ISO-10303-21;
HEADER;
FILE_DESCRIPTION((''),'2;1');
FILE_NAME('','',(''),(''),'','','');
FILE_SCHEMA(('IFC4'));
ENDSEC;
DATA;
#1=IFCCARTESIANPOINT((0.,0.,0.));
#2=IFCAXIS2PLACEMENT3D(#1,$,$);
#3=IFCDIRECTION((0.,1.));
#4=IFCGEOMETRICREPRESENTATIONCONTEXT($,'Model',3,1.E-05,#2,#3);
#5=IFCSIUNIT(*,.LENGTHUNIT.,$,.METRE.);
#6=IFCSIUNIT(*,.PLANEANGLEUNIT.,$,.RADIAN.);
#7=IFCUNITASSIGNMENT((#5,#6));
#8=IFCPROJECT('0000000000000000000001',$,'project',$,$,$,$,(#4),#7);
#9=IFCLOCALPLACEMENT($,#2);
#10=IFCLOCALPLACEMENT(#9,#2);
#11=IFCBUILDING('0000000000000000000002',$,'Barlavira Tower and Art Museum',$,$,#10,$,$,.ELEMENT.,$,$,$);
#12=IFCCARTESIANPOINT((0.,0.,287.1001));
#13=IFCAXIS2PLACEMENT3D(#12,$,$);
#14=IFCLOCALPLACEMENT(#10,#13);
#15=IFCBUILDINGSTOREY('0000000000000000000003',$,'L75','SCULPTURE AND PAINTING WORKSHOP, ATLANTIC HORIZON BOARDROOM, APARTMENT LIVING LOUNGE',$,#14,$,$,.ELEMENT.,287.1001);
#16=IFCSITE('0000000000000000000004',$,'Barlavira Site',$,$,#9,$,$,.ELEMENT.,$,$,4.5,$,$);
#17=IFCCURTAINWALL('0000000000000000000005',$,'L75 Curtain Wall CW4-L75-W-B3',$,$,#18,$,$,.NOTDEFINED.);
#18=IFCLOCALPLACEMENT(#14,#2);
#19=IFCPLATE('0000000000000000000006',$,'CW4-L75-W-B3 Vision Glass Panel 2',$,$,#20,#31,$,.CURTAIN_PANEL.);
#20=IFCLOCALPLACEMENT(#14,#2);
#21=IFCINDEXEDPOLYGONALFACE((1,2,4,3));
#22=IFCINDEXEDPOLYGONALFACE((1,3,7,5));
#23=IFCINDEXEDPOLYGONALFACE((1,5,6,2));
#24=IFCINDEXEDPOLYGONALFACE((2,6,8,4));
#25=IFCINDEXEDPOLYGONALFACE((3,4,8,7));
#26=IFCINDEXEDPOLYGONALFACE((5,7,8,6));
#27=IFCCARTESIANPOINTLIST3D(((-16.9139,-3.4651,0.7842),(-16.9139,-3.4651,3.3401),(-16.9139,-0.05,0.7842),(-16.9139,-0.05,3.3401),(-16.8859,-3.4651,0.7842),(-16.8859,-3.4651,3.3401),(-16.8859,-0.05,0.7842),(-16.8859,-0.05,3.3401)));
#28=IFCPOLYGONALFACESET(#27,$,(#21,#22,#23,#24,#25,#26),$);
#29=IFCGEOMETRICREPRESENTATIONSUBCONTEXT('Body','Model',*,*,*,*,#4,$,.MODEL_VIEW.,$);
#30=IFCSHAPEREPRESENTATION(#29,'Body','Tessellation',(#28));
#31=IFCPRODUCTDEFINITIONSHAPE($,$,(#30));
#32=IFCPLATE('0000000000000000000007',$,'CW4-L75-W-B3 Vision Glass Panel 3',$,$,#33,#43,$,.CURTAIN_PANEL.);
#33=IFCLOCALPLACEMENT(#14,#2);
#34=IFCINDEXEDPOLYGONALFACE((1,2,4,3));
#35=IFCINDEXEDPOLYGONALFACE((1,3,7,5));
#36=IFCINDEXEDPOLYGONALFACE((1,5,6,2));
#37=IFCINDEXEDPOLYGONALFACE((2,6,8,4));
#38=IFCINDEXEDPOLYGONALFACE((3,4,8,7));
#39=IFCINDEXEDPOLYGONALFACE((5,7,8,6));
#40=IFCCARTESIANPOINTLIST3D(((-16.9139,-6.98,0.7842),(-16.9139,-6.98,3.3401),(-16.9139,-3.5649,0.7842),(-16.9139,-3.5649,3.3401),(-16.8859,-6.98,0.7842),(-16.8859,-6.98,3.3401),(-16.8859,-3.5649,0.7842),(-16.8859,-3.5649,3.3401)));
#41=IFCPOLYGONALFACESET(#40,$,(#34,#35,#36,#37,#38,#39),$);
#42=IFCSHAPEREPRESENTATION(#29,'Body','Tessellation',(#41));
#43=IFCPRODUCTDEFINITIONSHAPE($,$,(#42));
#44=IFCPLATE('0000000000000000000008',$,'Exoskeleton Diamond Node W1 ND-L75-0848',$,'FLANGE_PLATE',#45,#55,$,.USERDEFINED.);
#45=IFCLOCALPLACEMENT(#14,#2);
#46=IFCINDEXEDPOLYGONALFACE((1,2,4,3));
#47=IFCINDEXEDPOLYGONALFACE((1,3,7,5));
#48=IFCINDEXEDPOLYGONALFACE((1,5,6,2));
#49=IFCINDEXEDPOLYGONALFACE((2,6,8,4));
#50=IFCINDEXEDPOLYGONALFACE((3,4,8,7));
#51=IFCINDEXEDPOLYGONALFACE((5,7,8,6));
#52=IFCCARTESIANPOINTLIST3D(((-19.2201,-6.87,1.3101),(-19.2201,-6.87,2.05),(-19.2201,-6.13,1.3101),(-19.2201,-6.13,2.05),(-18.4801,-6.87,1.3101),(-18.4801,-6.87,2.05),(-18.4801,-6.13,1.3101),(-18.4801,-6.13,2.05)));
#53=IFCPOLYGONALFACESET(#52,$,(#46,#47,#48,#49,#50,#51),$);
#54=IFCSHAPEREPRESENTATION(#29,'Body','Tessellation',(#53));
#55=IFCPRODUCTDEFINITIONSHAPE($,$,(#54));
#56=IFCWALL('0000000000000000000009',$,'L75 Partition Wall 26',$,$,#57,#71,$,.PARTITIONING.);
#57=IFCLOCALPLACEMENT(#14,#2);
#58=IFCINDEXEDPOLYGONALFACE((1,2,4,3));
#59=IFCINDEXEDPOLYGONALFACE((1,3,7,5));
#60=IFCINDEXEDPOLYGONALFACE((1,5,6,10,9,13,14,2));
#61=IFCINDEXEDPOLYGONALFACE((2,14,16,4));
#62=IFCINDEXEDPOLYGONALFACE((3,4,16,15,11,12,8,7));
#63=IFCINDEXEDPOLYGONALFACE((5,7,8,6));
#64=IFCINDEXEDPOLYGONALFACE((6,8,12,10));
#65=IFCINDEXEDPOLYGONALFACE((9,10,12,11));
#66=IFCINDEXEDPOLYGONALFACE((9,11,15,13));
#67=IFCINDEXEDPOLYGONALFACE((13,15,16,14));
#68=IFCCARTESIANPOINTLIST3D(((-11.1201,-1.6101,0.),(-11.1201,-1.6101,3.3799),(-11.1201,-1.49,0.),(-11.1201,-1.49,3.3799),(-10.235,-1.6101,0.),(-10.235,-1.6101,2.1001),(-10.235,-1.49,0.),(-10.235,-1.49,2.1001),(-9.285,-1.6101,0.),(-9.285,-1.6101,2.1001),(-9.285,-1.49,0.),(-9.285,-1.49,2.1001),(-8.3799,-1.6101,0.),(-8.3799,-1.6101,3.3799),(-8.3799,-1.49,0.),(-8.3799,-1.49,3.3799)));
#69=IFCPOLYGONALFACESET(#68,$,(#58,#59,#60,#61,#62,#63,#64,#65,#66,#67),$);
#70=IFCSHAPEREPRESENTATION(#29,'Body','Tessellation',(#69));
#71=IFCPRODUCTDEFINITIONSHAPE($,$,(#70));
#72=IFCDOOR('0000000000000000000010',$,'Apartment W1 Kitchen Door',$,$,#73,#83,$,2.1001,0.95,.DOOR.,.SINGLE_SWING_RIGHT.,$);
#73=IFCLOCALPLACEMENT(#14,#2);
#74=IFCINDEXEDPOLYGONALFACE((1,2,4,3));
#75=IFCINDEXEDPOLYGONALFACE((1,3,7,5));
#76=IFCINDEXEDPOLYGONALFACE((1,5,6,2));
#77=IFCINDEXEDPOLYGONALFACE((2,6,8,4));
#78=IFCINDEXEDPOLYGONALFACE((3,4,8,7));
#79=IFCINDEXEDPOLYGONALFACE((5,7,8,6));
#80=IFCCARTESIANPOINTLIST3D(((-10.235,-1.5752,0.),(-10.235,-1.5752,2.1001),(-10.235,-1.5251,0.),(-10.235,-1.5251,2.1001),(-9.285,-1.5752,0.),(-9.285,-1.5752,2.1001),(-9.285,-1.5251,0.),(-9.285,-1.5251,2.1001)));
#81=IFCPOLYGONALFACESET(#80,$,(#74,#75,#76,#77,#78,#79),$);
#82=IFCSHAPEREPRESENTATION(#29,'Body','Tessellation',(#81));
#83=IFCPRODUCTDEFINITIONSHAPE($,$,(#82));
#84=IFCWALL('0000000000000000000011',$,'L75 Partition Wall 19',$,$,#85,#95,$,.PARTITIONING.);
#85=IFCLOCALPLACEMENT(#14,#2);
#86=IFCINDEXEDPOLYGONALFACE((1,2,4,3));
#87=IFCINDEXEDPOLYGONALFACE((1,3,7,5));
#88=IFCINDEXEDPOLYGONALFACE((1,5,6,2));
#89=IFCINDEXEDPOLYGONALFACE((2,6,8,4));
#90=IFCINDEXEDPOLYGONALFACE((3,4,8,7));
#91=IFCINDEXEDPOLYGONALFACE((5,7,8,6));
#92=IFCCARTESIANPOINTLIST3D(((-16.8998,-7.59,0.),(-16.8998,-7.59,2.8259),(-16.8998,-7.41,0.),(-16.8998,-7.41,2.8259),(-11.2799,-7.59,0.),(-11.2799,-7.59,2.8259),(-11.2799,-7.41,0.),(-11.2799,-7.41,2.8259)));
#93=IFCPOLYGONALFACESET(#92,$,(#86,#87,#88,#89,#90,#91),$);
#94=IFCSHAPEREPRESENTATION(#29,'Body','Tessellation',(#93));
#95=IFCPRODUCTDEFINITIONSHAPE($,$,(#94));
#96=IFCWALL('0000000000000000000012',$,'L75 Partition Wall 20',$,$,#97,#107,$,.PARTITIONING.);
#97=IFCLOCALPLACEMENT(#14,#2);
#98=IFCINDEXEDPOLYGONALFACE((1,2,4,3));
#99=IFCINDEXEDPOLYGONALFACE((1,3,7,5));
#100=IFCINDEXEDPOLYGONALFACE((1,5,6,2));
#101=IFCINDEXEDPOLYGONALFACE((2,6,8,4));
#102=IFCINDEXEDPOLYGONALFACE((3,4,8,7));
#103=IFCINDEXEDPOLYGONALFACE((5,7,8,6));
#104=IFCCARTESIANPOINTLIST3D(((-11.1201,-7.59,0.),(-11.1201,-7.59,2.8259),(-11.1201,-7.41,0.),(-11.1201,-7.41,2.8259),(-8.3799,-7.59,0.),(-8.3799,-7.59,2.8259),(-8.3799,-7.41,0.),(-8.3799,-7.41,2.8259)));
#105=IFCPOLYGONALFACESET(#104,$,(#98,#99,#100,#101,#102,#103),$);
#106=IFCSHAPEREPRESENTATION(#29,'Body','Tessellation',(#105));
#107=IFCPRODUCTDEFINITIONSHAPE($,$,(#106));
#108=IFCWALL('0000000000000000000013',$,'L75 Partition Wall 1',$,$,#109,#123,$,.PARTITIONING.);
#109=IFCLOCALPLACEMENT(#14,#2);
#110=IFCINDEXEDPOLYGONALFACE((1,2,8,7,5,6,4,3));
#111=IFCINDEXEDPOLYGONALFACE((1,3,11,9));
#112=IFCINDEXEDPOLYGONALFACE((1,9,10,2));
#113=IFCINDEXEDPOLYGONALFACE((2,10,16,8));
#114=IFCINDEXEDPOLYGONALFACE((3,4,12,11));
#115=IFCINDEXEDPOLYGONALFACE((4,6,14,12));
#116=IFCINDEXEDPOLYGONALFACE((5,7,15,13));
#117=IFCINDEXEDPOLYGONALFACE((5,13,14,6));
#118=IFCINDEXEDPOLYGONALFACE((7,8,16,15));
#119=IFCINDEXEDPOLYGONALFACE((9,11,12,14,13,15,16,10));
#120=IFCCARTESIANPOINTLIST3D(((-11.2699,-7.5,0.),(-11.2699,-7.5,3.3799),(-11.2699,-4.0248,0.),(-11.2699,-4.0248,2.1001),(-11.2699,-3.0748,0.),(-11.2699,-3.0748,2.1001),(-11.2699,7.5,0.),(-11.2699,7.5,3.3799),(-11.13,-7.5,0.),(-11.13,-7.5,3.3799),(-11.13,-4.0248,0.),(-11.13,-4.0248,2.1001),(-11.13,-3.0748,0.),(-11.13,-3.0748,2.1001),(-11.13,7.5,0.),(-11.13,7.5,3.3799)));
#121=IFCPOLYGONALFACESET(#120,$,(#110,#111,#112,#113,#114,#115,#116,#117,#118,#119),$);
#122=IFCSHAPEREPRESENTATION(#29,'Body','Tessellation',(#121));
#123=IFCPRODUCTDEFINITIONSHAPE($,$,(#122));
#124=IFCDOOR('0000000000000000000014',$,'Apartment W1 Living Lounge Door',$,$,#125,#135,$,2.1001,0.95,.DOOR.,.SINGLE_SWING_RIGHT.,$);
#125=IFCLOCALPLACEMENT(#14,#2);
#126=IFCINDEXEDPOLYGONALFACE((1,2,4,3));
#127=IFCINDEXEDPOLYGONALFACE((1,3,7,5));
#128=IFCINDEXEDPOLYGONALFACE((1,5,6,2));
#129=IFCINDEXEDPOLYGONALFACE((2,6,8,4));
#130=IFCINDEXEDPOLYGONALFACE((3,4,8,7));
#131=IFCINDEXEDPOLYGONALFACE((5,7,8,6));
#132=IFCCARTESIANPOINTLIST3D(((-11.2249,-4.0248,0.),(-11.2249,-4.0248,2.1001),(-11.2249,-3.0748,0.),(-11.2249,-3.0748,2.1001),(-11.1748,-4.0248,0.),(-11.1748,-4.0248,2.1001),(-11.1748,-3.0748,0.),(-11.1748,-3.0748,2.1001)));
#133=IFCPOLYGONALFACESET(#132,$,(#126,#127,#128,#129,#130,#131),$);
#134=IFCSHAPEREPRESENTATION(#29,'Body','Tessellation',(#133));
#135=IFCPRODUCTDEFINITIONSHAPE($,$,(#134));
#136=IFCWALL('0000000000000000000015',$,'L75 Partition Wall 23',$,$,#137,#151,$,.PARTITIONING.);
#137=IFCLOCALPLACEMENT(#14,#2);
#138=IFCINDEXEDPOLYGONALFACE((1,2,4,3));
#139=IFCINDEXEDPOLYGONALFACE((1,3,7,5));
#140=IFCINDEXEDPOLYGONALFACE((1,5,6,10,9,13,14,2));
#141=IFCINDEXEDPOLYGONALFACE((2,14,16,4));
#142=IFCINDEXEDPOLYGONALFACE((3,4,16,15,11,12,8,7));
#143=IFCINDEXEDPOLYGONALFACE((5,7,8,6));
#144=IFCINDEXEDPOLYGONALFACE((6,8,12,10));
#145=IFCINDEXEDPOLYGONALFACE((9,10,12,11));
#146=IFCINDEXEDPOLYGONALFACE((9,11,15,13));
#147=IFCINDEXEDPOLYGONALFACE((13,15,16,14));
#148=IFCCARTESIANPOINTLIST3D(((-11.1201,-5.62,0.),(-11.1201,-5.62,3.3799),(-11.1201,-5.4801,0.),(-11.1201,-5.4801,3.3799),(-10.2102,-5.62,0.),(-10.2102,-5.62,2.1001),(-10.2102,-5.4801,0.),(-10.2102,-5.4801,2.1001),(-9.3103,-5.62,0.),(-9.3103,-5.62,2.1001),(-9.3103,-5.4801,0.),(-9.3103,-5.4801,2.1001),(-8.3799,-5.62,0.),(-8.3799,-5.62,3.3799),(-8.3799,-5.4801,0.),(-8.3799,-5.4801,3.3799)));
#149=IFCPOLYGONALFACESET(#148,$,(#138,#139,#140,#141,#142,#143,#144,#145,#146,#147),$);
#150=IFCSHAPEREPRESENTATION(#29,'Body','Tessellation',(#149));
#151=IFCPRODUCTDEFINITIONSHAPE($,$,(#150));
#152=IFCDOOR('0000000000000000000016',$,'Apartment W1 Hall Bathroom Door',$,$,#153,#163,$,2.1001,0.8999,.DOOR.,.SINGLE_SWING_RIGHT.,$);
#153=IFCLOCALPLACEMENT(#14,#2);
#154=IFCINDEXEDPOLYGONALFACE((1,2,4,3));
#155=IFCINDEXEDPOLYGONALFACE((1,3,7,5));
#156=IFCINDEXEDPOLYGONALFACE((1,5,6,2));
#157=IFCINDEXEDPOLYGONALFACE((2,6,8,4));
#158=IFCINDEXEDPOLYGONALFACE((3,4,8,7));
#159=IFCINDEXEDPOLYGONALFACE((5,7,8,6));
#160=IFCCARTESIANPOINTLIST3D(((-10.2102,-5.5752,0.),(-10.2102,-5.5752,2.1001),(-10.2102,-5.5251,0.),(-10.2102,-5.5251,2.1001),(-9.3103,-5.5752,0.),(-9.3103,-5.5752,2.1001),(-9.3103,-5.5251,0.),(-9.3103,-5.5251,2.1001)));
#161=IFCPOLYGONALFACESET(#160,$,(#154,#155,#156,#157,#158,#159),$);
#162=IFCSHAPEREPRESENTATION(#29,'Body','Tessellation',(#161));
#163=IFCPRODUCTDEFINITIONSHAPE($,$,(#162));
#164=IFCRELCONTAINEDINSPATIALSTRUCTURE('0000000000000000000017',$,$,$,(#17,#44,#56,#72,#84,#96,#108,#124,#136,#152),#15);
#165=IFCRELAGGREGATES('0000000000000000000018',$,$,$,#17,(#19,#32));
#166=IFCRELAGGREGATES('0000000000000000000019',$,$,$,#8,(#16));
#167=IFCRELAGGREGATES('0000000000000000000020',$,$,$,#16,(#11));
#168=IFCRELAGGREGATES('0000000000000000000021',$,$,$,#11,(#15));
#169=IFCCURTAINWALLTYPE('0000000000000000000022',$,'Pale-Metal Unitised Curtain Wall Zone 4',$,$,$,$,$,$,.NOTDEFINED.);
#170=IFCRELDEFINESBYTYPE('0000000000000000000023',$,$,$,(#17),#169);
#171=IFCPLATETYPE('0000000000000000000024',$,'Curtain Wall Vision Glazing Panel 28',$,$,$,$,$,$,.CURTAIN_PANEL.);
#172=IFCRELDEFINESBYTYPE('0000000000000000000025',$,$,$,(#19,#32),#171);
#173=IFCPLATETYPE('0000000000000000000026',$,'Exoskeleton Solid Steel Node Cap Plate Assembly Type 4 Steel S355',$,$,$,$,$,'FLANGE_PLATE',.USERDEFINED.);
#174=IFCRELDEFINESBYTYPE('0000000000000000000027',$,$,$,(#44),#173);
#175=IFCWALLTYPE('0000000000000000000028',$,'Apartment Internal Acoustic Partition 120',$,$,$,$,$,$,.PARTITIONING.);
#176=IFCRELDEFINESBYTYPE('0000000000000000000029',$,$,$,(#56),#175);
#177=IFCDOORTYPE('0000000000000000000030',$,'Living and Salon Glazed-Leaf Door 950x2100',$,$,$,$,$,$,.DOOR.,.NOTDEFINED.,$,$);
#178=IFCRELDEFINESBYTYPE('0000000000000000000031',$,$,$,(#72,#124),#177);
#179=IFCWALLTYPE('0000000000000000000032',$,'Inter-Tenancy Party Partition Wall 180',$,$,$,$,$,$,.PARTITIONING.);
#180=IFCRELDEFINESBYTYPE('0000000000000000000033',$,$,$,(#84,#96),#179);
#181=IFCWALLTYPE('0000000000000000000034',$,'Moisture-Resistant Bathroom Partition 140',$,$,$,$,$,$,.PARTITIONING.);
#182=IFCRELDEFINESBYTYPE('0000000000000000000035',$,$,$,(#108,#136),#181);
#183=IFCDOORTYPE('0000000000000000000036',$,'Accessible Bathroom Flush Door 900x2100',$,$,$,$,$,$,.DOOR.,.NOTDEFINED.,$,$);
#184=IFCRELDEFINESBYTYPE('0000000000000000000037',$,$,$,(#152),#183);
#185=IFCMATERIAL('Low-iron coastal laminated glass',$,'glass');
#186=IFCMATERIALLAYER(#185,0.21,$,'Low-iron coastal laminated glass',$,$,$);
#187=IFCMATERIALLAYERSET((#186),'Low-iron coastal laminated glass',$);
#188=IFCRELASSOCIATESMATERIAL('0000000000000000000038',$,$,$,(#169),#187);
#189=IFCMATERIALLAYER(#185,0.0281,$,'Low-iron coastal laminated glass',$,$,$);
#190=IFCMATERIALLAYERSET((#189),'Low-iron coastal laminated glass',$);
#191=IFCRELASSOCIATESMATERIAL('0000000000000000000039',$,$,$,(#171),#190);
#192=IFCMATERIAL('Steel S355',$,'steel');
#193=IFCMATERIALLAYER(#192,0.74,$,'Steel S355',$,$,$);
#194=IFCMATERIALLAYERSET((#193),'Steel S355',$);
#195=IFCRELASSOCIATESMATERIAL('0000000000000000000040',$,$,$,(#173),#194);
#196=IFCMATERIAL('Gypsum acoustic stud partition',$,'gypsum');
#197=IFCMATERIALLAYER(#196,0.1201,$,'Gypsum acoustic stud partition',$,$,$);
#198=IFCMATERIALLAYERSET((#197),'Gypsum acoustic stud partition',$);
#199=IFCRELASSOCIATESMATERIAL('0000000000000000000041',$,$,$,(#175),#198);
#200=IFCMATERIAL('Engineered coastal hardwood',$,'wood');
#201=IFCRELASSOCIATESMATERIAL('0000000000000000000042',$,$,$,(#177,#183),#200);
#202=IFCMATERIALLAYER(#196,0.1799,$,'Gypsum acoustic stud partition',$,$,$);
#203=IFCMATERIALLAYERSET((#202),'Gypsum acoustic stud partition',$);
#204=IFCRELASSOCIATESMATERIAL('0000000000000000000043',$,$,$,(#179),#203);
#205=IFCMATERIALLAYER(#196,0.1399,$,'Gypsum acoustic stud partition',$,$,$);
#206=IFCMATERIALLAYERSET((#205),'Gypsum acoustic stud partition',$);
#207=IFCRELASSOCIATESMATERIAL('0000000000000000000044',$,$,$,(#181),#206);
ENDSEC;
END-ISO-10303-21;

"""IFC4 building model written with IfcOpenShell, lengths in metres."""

from ifc_helpers import new_model, si_unit, direction, frame, frame_2d, origin, origin_2d, place, context, subcontext, project, spatial, rectangle, extrude, material, layer, layer_set, type_object, element, fill, aggregate, save


model = new_model("IFC4")

# Units and contexts
model_context = context("Model", 3, precision=1e-05, world=origin(), true_north=direction((0.0, 1.0)))
body_context = subcontext(model_context, "Body", "Model", "MODEL_VIEW")
ifc_project = project(units=[si_unit("LENGTHUNIT", "METRE"), si_unit("PLANEANGLEUNIT", "RADIAN")], contexts=[model_context])

# Site, building, storey
site_placement = place(None, origin())
site = spatial("IfcSite", under=ifc_project, at=site_placement, Name="Barlavira Site", CompositionType="ELEMENT", RefElevation=4.5)
building_placement = place(site_placement, origin())
building = spatial("IfcBuilding", under=site, at=building_placement, Name="Barlavira Tower and Art Museum", CompositionType="ELEMENT")
storey_placement = place(building_placement, frame((0.0, 0.0, 287.1001)))
storey = spatial("IfcBuildingStorey", under=building, at=storey_placement, Name="L75", Description="SCULPTURE AND PAINTING WORKSHOP, ATLANTIC HORIZON BOARDROOM, APARTMENT LIVING LOUNGE", CompositionType="ELEMENT", Elevation=287.1001)

# Curtain wall
ifc_material_1 = material(Name="Low-iron coastal laminated glass", Category="glass")
ifc_layer_1 = layer(ifc_material_1, 0.21, Name="Low-iron coastal laminated glass")
ifc_layer_set_1 = layer_set([ifc_layer_1], Name="Low-iron coastal laminated glass")
curtain_wall_type = type_object("IfcCurtainWallType", Name="Pale-Metal Unitised Curtain Wall Zone 4", PredefinedType="NOTDEFINED", material=ifc_layer_set_1)
curtain_wall_placement = place(storey_placement, origin())
curtain_wall = element("IfcCurtainWall", 1, at=curtain_wall_placement, inside=storey, type_object=curtain_wall_type, Name="L75 Curtain Wall CW4-L75-W-B3", PredefinedType="NOTDEFINED")

# Shared definitions
ifc_material_2 = material(Name="Steel S355", Category="steel")

# Plates
ifc_layer_2 = layer(ifc_material_1, 0.0281, Name="Low-iron coastal laminated glass")
ifc_layer_set_2 = layer_set([ifc_layer_2], Name="Low-iron coastal laminated glass")
plate_type_1 = type_object("IfcPlateType", Name="Curtain Wall Vision Glazing Panel 28", PredefinedType="CURTAIN_PANEL", material=ifc_layer_set_2)
plate_1_placement = place(storey_placement, frame((-16.8999, -1.7576, 0.7842), z_axis=(0.0, 0.0, 1.0), x_axis=(0.0, -1.0, 0.0)))
plate_1 = element("IfcPlate", 2, at=plate_1_placement, type_object=plate_type_1, Name="CW4-L75-W-B3 Vision Glass Panel 2", PredefinedType="CURTAIN_PANEL", context=body_context, shape_type="SweptSolid", body=[
    extrude(rectangle(XDim=3.415, YDim=0.0281, at=origin_2d()), origin(), (0.0, 0.0, 1.0), 2.5559),
])
plate_2_placement = place(storey_placement, frame((-16.8999, -5.2725, 0.7842), z_axis=(0.0, 0.0, 1.0), x_axis=(0.0, -1.0, 0.0)))
plate_2 = element("IfcPlate", 3, at=plate_2_placement, type_object=plate_type_1, Name="CW4-L75-W-B3 Vision Glass Panel 3", PredefinedType="CURTAIN_PANEL", context=body_context, shape_type="SweptSolid", body=[
    extrude(rectangle(XDim=3.415, YDim=0.0281, at=origin_2d()), origin(), (0.0, 0.0, 1.0), 2.5559),
])
aggregate(curtain_wall, [plate_1, plate_2])
ifc_layer_3 = layer(ifc_material_2, 0.74, Name="Steel S355")
ifc_layer_set_3 = layer_set([ifc_layer_3], Name="Steel S355")
plate_type_2 = type_object("IfcPlateType", Name="Exoskeleton Solid Steel Node Cap Plate Assembly Type 4 Steel S355", ElementType="FLANGE_PLATE", PredefinedType="USERDEFINED", material=ifc_layer_set_3)
plate_3_placement = place(storey_placement, frame((-18.8501, -6.5, 1.3101), z_axis=(0.0, 0.0, 1.0), x_axis=(1.0, 0.0, 0.0)))
element("IfcPlate", 4, at=plate_3_placement, inside=storey, type_object=plate_type_2, Name="Exoskeleton Diamond Node W1 ND-L75-0848", ObjectType="FLANGE_PLATE", PredefinedType="USERDEFINED", context=body_context, shape_type="SweptSolid", body=[
    extrude(rectangle(XDim=0.74, YDim=0.74, at=origin_2d()), origin(), (0.0, 0.0, 1.0), 0.74),
])

# Wall, opening, door
ifc_material_3 = material(Name="Gypsum acoustic stud partition", Category="gypsum")
ifc_layer_4 = layer(ifc_material_3, 0.1201, Name="Gypsum acoustic stud partition")
ifc_layer_set_4 = layer_set([ifc_layer_4], Name="Gypsum acoustic stud partition")
wall_type_1 = type_object("IfcWallType", Name="Apartment Internal Acoustic Partition 120", PredefinedType="PARTITIONING", material=ifc_layer_set_4)
wall_1_placement = place(storey_placement, frame((-11.1201, -1.55, 0.0), z_axis=(0.0, 0.0, 1.0), x_axis=(1.0, 0.0, 0.0)))
wall_1 = element("IfcWall", 5, at=wall_1_placement, inside=storey, type_object=wall_type_1, Name="L75 Partition Wall 26", PredefinedType="PARTITIONING", context=body_context, shape_type="SweptSolid", body=[
    extrude(rectangle(XDim=2.7402, YDim=0.1201, at=frame_2d((1.3701, 0.0))), origin(), (0.0, 0.0, 1.0), 3.3799),
])
opening_1_placement = place(wall_1_placement, frame((0.885, 0.0, 0.0)))
opening_1 = element("IfcOpeningElement", 6, at=opening_1_placement, cuts=wall_1, PredefinedType="OPENING", context=body_context, shape_type="SweptSolid", body=[
    extrude(rectangle(XDim=0.95, YDim=2.1001, at=frame_2d((0.4751, 1.05))), frame((0.0, 0.0701, 0.0), z_axis=(0.0, -1.0, 0.0), x_axis=(1.0, 0.0, 0.0)), (0.0, 0.0, 1.0), 0.1401),
])
ifc_material_4 = material(Name="Engineered coastal hardwood", Category="wood")
door_type_1 = type_object("IfcDoorType", Name="Living and Salon Glazed-Leaf Door 950x2100", OperationType="NOTDEFINED", PredefinedType="DOOR", material=ifc_material_4)
door_1_placement = place(opening_1_placement, origin())
door_1 = element("IfcDoor", 7, at=door_1_placement, inside=storey, type_object=door_type_1, Name="Apartment W1 Kitchen Door", OperationType="SINGLE_SWING_RIGHT", OverallHeight=2.1001, OverallWidth=0.95, PredefinedType="DOOR", context=body_context, shape_type="SweptSolid", body=[
    extrude(rectangle(XDim=0.95, YDim=2.1001, at=frame_2d((0.4751, 1.05))), frame((0.0, 0.0249, 0.0), z_axis=(0.0, -1.0, 0.0), x_axis=(1.0, 0.0, 0.0)), (0.0, 0.0, 1.0), 0.05),
])
fill(opening_1, door_1)

# Walls
ifc_layer_5 = layer(ifc_material_3, 0.1799, Name="Gypsum acoustic stud partition")
ifc_layer_set_5 = layer_set([ifc_layer_5], Name="Gypsum acoustic stud partition")
wall_type_2 = type_object("IfcWallType", Name="Inter-Tenancy Party Partition Wall 180", PredefinedType="PARTITIONING", material=ifc_layer_set_5)
wall_2_placement = place(storey_placement, frame((-16.8999, -7.5, 0.0), z_axis=(0.0, 0.0, 1.0), x_axis=(1.0, 0.0, 0.0)))
element("IfcWall", 8, at=wall_2_placement, inside=storey, type_object=wall_type_2, Name="L75 Partition Wall 19", PredefinedType="PARTITIONING", context=body_context, shape_type="SweptSolid", body=[
    extrude(rectangle(XDim=5.6199, YDim=0.1799, at=frame_2d((2.8101, 0.0))), origin(), (0.0, 0.0, 1.0), 2.8259),
])
wall_3_placement = place(storey_placement, frame((-11.1201, -7.5, 0.0), z_axis=(0.0, 0.0, 1.0), x_axis=(1.0, 0.0, 0.0)))
element("IfcWall", 9, at=wall_3_placement, inside=storey, type_object=wall_type_2, Name="L75 Partition Wall 20", PredefinedType="PARTITIONING", context=body_context, shape_type="SweptSolid", body=[
    extrude(rectangle(XDim=2.7402, YDim=0.1799, at=frame_2d((1.3701, 0.0))), origin(), (0.0, 0.0, 1.0), 2.8259),
])

# Walls, openings, doors
ifc_layer_6 = layer(ifc_material_3, 0.1399, Name="Gypsum acoustic stud partition")
ifc_layer_set_6 = layer_set([ifc_layer_6], Name="Gypsum acoustic stud partition")
wall_type_3 = type_object("IfcWallType", Name="Moisture-Resistant Bathroom Partition 140", PredefinedType="PARTITIONING", material=ifc_layer_set_6)
wall_4_placement = place(storey_placement, frame((-11.2, -7.5, 0.0), z_axis=(0.0, 0.0, 1.0), x_axis=(0.0, 1.0, 0.0)))
wall_4 = element("IfcWall", 10, at=wall_4_placement, inside=storey, type_object=wall_type_3, Name="L75 Partition Wall 1", PredefinedType="PARTITIONING", context=body_context, shape_type="SweptSolid", body=[
    extrude(rectangle(XDim=15.0, YDim=0.1399, at=frame_2d((7.5, 0.0))), origin(), (0.0, 0.0, 1.0), 3.3799),
])
opening_2_placement = place(wall_4_placement, frame((3.4751, 0.0, 0.0)))
opening_2 = element("IfcOpeningElement", 11, at=opening_2_placement, cuts=wall_4, PredefinedType="OPENING", context=body_context, shape_type="SweptSolid", body=[
    extrude(rectangle(XDim=0.95, YDim=2.1001, at=frame_2d((0.4751, 1.05))), frame((0.0, 0.0801, 0.0), z_axis=(0.0, -1.0, 0.0), x_axis=(1.0, 0.0, 0.0)), (0.0, 0.0, 1.0), 0.1599),
])
door_2_placement = place(opening_2_placement, origin())
door_2 = element("IfcDoor", 12, at=door_2_placement, inside=storey, type_object=door_type_1, Name="Apartment W1 Living Lounge Door", OperationType="SINGLE_SWING_RIGHT", OverallHeight=2.1001, OverallWidth=0.95, PredefinedType="DOOR", context=body_context, shape_type="SweptSolid", body=[
    extrude(rectangle(XDim=0.95, YDim=2.1001, at=frame_2d((0.4751, 1.05))), frame((0.0, 0.0249, 0.0), z_axis=(0.0, -1.0, 0.0), x_axis=(1.0, 0.0, 0.0)), (0.0, 0.0, 1.0), 0.05),
])
fill(opening_2, door_2)
wall_5_placement = place(storey_placement, frame((-11.1201, -5.55, 0.0), z_axis=(0.0, 0.0, 1.0), x_axis=(1.0, 0.0, 0.0)))
wall_5 = element("IfcWall", 13, at=wall_5_placement, inside=storey, type_object=wall_type_3, Name="L75 Partition Wall 23", PredefinedType="PARTITIONING", context=body_context, shape_type="SweptSolid", body=[
    extrude(rectangle(XDim=2.7402, YDim=0.1399, at=frame_2d((1.3701, 0.0))), origin(), (0.0, 0.0, 1.0), 3.3799),
])
opening_3_placement = place(wall_5_placement, frame((0.9099, 0.0, 0.0)))
opening_3 = element("IfcOpeningElement", 14, at=opening_3_placement, cuts=wall_5, PredefinedType="OPENING", context=body_context, shape_type="SweptSolid", body=[
    extrude(rectangle(XDim=0.8999, YDim=2.1001, at=frame_2d((0.45, 1.05))), frame((0.0, 0.0801, 0.0), z_axis=(0.0, -1.0, 0.0), x_axis=(1.0, 0.0, 0.0)), (0.0, 0.0, 1.0), 0.1599),
])
door_type_2 = type_object("IfcDoorType", Name="Accessible Bathroom Flush Door 900x2100", OperationType="NOTDEFINED", PredefinedType="DOOR", material=ifc_material_4)
door_3_placement = place(opening_3_placement, origin())
door_3 = element("IfcDoor", 15, at=door_3_placement, inside=storey, type_object=door_type_2, Name="Apartment W1 Hall Bathroom Door", OperationType="SINGLE_SWING_RIGHT", OverallHeight=2.1001, OverallWidth=0.8999, PredefinedType="DOOR", context=body_context, shape_type="SweptSolid", body=[
    extrude(rectangle(XDim=0.8999, YDim=2.1001, at=frame_2d((0.45, 1.05))), frame((0.0, 0.0249, 0.0), z_axis=(0.0, -1.0, 0.0), x_axis=(1.0, 0.0, 0.0)), (0.0, 0.0, 1.0), 0.05),
])
fill(opening_3, door_3)

save(model, "model.ifc")
